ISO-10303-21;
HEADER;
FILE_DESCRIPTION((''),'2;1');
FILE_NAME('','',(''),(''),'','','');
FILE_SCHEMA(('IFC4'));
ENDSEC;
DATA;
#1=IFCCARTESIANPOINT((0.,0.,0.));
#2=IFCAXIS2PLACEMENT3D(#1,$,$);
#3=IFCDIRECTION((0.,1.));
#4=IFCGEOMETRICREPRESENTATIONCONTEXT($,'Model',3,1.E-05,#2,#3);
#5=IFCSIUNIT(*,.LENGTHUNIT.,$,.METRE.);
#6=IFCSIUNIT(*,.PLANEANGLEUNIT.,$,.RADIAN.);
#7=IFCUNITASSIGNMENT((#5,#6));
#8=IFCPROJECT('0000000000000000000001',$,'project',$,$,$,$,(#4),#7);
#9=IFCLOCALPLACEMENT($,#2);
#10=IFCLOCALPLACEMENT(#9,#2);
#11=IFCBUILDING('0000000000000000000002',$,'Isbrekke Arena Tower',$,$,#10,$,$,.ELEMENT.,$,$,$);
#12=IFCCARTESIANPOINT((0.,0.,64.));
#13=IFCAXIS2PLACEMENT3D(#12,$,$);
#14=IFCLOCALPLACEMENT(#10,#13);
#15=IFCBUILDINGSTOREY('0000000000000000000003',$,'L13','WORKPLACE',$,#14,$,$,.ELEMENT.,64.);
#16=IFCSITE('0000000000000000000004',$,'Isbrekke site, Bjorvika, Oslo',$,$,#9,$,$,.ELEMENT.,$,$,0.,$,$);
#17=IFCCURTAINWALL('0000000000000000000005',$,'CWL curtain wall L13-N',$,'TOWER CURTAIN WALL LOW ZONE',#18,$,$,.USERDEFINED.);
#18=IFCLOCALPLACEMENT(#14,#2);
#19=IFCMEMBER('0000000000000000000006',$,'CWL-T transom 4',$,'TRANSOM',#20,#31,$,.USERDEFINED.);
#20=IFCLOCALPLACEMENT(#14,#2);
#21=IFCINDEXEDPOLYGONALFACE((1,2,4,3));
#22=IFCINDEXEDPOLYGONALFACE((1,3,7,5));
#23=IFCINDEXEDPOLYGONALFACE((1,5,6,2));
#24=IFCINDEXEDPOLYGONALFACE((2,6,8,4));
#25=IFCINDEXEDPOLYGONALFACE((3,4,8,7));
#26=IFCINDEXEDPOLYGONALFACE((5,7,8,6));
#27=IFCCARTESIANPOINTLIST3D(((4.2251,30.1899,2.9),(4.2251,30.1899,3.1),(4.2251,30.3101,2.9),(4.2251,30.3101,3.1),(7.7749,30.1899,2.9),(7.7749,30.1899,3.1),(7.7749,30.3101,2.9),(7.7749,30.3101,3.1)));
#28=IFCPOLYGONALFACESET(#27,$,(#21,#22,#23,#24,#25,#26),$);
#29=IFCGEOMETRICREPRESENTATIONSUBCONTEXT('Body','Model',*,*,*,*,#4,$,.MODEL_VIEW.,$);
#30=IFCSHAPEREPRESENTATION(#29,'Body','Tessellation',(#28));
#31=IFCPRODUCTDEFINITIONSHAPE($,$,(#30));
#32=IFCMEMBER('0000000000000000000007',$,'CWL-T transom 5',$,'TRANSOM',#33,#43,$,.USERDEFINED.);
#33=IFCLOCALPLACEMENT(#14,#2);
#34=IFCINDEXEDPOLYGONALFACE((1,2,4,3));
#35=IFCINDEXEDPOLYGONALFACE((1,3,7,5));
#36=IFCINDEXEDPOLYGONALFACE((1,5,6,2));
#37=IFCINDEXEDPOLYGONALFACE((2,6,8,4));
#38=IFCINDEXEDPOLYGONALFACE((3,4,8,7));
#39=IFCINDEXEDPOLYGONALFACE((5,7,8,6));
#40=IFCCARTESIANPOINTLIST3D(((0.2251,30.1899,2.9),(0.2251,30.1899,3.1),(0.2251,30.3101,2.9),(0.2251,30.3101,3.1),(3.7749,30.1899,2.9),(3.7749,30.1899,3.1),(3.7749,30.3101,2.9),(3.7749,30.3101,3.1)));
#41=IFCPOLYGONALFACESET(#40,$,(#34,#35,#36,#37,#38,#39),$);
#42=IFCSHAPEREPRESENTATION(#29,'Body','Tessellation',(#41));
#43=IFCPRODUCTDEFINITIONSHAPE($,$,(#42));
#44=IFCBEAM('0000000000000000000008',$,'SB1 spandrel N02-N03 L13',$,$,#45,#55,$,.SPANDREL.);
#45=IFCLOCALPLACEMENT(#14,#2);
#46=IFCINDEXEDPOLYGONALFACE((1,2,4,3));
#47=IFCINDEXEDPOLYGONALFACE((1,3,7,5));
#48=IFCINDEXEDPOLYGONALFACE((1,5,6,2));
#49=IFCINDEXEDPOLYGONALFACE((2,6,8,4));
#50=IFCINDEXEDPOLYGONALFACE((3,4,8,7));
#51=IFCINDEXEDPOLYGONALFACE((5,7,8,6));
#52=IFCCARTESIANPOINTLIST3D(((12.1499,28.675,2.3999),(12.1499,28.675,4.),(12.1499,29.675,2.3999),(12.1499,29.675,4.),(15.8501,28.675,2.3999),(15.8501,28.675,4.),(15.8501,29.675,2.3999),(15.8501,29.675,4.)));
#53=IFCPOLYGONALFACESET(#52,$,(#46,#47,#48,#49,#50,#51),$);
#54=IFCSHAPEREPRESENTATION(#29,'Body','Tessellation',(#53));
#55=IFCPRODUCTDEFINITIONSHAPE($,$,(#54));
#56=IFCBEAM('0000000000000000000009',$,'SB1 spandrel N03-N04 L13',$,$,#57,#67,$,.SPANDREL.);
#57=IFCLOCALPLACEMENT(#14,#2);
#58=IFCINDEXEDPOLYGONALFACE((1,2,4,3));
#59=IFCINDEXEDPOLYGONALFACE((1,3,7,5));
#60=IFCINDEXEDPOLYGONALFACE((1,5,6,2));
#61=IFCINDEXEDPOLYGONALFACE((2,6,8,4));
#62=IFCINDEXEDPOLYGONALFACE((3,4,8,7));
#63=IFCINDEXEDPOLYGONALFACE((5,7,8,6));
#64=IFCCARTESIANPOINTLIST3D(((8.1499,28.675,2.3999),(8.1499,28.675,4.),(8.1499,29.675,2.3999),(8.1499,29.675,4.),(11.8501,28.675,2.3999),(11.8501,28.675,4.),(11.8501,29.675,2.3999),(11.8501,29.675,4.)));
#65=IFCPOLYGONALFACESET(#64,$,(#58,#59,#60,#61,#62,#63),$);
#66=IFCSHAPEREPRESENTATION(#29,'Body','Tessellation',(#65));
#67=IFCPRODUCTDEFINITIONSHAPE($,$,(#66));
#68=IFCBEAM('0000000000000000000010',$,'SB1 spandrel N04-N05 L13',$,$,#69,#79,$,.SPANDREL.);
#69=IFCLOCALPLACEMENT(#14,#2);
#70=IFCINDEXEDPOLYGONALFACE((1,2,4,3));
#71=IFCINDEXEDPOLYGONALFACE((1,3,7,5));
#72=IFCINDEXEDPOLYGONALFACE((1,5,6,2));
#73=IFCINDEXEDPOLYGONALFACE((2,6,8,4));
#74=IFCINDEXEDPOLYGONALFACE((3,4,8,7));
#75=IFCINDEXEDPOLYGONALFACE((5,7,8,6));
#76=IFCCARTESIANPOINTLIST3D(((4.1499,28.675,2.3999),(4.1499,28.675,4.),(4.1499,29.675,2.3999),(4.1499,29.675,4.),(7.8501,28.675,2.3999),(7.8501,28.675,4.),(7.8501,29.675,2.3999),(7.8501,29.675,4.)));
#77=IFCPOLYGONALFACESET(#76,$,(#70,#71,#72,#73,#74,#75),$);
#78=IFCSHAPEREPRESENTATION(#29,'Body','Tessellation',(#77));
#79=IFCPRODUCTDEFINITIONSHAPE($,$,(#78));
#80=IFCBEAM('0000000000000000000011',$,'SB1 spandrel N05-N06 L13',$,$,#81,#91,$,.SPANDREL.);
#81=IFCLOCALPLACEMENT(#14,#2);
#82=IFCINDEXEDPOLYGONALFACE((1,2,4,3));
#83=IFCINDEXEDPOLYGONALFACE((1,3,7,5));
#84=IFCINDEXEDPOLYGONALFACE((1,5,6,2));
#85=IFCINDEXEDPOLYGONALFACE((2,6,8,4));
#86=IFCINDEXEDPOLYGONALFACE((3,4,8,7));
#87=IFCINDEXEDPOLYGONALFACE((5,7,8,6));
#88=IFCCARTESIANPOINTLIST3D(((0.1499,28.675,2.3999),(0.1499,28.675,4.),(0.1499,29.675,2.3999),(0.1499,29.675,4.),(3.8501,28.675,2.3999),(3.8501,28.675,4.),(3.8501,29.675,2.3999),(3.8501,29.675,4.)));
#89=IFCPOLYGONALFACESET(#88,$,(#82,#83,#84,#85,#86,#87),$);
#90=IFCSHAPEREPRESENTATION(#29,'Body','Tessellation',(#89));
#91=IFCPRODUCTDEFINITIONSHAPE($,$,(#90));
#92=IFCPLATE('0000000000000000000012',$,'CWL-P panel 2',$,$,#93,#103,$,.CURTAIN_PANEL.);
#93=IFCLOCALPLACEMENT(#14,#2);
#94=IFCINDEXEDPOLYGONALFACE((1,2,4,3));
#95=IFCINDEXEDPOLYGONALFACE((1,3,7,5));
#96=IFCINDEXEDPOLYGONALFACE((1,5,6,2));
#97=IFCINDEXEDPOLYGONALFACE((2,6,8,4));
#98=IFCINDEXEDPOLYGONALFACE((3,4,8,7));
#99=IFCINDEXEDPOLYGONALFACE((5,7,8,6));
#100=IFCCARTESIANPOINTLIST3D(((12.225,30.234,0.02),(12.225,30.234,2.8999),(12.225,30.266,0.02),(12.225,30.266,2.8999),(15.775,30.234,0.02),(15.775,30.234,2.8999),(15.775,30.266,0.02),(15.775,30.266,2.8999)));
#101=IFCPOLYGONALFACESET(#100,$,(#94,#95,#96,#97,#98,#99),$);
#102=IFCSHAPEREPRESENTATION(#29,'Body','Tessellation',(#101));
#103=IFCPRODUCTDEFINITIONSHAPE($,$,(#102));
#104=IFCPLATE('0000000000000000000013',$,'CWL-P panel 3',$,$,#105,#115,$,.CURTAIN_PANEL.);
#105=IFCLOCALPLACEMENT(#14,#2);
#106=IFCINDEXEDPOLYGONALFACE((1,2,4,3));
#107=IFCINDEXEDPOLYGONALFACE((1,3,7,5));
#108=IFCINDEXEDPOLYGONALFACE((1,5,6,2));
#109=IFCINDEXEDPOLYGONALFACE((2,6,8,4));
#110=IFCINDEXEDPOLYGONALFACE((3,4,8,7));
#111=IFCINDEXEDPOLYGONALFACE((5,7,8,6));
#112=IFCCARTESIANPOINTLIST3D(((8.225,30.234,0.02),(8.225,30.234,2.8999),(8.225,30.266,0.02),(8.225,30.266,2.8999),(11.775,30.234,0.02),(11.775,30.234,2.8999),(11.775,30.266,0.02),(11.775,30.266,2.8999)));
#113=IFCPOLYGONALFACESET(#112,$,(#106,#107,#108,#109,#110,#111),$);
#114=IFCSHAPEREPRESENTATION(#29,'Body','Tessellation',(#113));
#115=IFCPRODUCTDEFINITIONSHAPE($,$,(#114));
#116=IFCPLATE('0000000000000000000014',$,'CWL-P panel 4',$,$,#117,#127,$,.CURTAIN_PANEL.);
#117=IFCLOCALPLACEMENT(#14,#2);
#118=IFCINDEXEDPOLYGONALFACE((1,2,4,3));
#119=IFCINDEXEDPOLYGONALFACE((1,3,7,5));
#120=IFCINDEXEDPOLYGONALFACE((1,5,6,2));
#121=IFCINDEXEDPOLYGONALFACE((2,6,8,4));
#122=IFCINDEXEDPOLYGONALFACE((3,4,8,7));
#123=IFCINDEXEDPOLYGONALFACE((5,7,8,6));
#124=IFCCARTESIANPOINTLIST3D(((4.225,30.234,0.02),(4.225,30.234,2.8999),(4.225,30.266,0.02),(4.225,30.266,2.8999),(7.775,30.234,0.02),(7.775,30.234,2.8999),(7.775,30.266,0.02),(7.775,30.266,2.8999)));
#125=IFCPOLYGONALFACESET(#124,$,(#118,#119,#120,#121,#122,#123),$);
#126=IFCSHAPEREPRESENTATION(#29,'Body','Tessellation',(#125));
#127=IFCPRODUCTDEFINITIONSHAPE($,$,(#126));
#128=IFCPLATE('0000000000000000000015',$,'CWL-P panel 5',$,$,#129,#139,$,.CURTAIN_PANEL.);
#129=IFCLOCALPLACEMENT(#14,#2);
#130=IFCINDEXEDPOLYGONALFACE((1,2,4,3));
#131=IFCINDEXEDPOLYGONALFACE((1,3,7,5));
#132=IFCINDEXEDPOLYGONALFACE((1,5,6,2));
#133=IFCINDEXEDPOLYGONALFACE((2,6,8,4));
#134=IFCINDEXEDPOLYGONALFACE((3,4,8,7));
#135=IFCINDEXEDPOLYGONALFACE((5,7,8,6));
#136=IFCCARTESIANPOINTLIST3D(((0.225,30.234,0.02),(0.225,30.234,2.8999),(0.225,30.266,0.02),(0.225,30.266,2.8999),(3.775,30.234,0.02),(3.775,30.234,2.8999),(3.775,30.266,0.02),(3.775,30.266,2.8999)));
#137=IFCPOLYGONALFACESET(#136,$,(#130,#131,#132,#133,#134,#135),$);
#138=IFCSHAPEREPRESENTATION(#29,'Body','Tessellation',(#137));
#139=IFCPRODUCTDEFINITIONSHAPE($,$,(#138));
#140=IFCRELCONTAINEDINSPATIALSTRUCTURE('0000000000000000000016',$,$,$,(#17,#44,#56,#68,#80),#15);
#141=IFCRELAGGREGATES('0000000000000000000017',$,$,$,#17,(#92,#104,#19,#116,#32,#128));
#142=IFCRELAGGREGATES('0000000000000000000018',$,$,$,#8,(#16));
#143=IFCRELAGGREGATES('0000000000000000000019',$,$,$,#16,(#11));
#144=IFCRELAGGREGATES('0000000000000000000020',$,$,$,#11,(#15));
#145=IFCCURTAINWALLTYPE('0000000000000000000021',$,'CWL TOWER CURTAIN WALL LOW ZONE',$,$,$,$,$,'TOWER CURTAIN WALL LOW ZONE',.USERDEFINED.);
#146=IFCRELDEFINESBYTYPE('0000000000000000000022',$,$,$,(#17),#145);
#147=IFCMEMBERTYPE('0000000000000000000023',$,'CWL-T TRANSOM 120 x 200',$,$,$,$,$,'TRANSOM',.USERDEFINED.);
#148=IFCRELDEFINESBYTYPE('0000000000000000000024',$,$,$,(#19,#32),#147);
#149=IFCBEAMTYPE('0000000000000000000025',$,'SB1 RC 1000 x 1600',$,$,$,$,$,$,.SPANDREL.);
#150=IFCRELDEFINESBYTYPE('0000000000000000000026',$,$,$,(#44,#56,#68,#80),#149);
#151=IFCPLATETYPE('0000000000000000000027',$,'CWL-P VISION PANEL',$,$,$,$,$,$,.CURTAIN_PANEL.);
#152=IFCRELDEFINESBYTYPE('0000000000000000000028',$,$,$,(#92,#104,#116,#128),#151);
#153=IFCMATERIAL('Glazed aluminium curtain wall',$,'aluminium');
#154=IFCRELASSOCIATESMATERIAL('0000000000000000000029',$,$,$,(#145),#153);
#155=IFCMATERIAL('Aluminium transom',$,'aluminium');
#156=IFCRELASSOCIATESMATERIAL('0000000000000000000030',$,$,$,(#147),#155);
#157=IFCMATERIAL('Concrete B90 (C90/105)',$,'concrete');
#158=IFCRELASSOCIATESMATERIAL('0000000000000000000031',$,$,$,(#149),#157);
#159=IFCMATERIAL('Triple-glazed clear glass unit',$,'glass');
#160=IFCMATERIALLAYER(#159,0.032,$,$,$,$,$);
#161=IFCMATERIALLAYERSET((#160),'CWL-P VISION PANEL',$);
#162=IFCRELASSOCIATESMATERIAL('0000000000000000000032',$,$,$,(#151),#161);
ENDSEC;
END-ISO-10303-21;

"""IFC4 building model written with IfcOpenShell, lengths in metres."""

from ifc_helpers import new_model, si_unit, direction, frame, origin, origin_2d, place, context, subcontext, project, spatial, rectangle, extrude, material, layer, layer_set, material_profile, profile_set, type_object, element, aggregate, save


model = new_model("IFC4")

# Units and contexts
model_context = context("Model", 3, precision=1e-05, world=origin(), true_north=direction((0.0, 1.0)))
body_context = subcontext(model_context, "Body", "Model", "MODEL_VIEW")
ifc_project = project(units=[si_unit("LENGTHUNIT", "METRE"), si_unit("PLANEANGLEUNIT", "RADIAN")], contexts=[model_context])

# Site, building, storey
site_placement = place(None, origin())
site = spatial("IfcSite", under=ifc_project, at=site_placement, Name="Isbrekke site, Bjorvika, Oslo", CompositionType="ELEMENT", RefElevation=0.0)
building_placement = place(site_placement, origin())
building = spatial("IfcBuilding", under=site, at=building_placement, Name="Isbrekke Arena Tower", CompositionType="ELEMENT")
storey_placement = place(building_placement, frame((0.0, 0.0, 64.0)))
storey = spatial("IfcBuildingStorey", under=building, at=storey_placement, Name="L13", Description="WORKPLACE", CompositionType="ELEMENT", Elevation=64.0)

# Curtain wall, members
ifc_material_1 = material(Name="Glazed aluminium curtain wall", Category="aluminium")
curtain_wall_type = type_object("IfcCurtainWallType", Name="CWL TOWER CURTAIN WALL LOW ZONE", ElementType="TOWER CURTAIN WALL LOW ZONE", PredefinedType="USERDEFINED", material=ifc_material_1)
curtain_wall_placement = place(storey_placement, origin())
curtain_wall = element("IfcCurtainWall", 1, at=curtain_wall_placement, inside=storey, type_object=curtain_wall_type, Name="CWL curtain wall L13-N", ObjectType="TOWER CURTAIN WALL LOW ZONE", PredefinedType="USERDEFINED")
ifc_material_2 = material(Name="Aluminium transom", Category="aluminium")
ifc_material_profile_1 = material_profile(ifc_material_2, rectangle(XDim=0.1201, YDim=0.2, at=origin_2d()), Name="TRANSOM 120X200")
ifc_profile_set_1 = profile_set([ifc_material_profile_1], Name="Aluminium transom")
member_type_1 = type_object("IfcMemberType", Name="CWL-T TRANSOM 120 x 200", ElementType="TRANSOM", PredefinedType="USERDEFINED", material=ifc_profile_set_1)
member_1_placement = place(storey_placement, frame((7.7749, 30.25, 3.0), z_axis=(-1.0, 0.0, 0.0), x_axis=(0.0, -1.0, 0.0)))
member_1 = element("IfcMember", 2, at=member_1_placement, type_object=member_type_1, Name="CWL-T transom 4", ObjectType="TRANSOM", PredefinedType="USERDEFINED", context=body_context, shape_type="SweptSolid", body=[
    extrude(rectangle(XDim=0.1201, YDim=0.2, at=origin_2d()), origin(), (0.0, 0.0, 1.0), 3.5498),
])
member_2_placement = place(storey_placement, frame((3.7749, 30.25, 3.0), z_axis=(-1.0, 0.0, 0.0), x_axis=(0.0, -1.0, 0.0)))
member_2 = element("IfcMember", 3, at=member_2_placement, type_object=member_type_1, Name="CWL-T transom 5", ObjectType="TRANSOM", PredefinedType="USERDEFINED", context=body_context, shape_type="SweptSolid", body=[
    extrude(rectangle(XDim=0.1201, YDim=0.2, at=origin_2d()), origin(), (0.0, 0.0, 1.0), 3.5498),
])

# Beams
ifc_material_3 = material(Name="Concrete B90 (C90/105)", Category="concrete")
ifc_material_profile_2 = material_profile(ifc_material_3, rectangle(XDim=1.0, YDim=1.6001, at=origin_2d()), Name="RC 1000x1600")
ifc_profile_set_2 = profile_set([ifc_material_profile_2], Name="Concrete B90 (C90/105)")
beam_type_1 = type_object("IfcBeamType", Name="SB1 RC 1000 x 1600", PredefinedType="SPANDREL", material=ifc_profile_set_2)
for number, where, z_axis, x_axis, name in (
    (4, (15.8501, 29.175, 3.2), (-1.0, 0.0, 0.0), (0.0, -1.0, 0.0), "SB1 spandrel N02-N03 L13"),
    (5, (11.8501, 29.175, 3.2), (-1.0, 0.0, 0.0), (0.0, -1.0, 0.0), "SB1 spandrel N03-N04 L13"),
    (6, (7.8501, 29.175, 3.2), (-1.0, 0.0, 0.0), (0.0, -1.0, 0.0), "SB1 spandrel N04-N05 L13"),
    (7, (3.8501, 29.175, 3.2), (-1.0, 0.0, 0.0), (0.0, -1.0, 0.0), "SB1 spandrel N05-N06 L13"),
):
    element("IfcBeam", number, at=place(storey_placement, frame(where, z_axis=z_axis, x_axis=x_axis)), inside=storey, type_object=beam_type_1, Name=name, PredefinedType="SPANDREL", context=body_context, shape_type="SweptSolid", body=[
        extrude(rectangle(XDim=1.0, YDim=1.6001, at=origin_2d()), origin(), (0.0, 0.0, 1.0), 3.7002),
    ])

# Plates
ifc_material_4 = material(Name="Triple-glazed clear glass unit", Category="glass")
ifc_layer_1 = layer(ifc_material_4, 0.032)
ifc_layer_set_1 = layer_set([ifc_layer_1], Name="CWL-P VISION PANEL")
plate_type = type_object("IfcPlateType", Name="CWL-P VISION PANEL", PredefinedType="CURTAIN_PANEL", material=ifc_layer_set_1)
plate_1_placement = place(storey_placement, frame((14.0, 30.25, 0.02), z_axis=(0.0, 0.0, 1.0), x_axis=(-1.0, 0.0, 0.0)))
plate_1 = element("IfcPlate", 8, at=plate_1_placement, type_object=plate_type, Name="CWL-P panel 2", PredefinedType="CURTAIN_PANEL", context=body_context, shape_type="SweptSolid", body=[
    extrude(rectangle(XDim=3.55, YDim=0.032, at=origin_2d()), origin(), (0.0, 0.0, 1.0), 2.8799),
])
plate_2_placement = place(storey_placement, frame((10.0, 30.25, 0.02), z_axis=(0.0, 0.0, 1.0), x_axis=(-1.0, 0.0, 0.0)))
plate_2 = element("IfcPlate", 9, at=plate_2_placement, type_object=plate_type, Name="CWL-P panel 3", PredefinedType="CURTAIN_PANEL", context=body_context, shape_type="SweptSolid", body=[
    extrude(rectangle(XDim=3.55, YDim=0.032, at=origin_2d()), origin(), (0.0, 0.0, 1.0), 2.8799),
])
plate_3_placement = place(storey_placement, frame((6.0, 30.25, 0.02), z_axis=(0.0, 0.0, 1.0), x_axis=(-1.0, 0.0, 0.0)))
plate_3 = element("IfcPlate", 10, at=plate_3_placement, type_object=plate_type, Name="CWL-P panel 4", PredefinedType="CURTAIN_PANEL", context=body_context, shape_type="SweptSolid", body=[
    extrude(rectangle(XDim=3.55, YDim=0.032, at=origin_2d()), origin(), (0.0, 0.0, 1.0), 2.8799),
])
plate_4_placement = place(storey_placement, frame((2.0, 30.25, 0.02), z_axis=(0.0, 0.0, 1.0), x_axis=(-1.0, 0.0, 0.0)))
plate_4 = element("IfcPlate", 11, at=plate_4_placement, type_object=plate_type, Name="CWL-P panel 5", PredefinedType="CURTAIN_PANEL", context=body_context, shape_type="SweptSolid", body=[
    extrude(rectangle(XDim=3.55, YDim=0.032, at=origin_2d()), origin(), (0.0, 0.0, 1.0), 2.8799),
])
aggregate(curtain_wall, [plate_1, plate_2, member_1, plate_3, member_2, plate_4])

save(model, "model.ifc")
